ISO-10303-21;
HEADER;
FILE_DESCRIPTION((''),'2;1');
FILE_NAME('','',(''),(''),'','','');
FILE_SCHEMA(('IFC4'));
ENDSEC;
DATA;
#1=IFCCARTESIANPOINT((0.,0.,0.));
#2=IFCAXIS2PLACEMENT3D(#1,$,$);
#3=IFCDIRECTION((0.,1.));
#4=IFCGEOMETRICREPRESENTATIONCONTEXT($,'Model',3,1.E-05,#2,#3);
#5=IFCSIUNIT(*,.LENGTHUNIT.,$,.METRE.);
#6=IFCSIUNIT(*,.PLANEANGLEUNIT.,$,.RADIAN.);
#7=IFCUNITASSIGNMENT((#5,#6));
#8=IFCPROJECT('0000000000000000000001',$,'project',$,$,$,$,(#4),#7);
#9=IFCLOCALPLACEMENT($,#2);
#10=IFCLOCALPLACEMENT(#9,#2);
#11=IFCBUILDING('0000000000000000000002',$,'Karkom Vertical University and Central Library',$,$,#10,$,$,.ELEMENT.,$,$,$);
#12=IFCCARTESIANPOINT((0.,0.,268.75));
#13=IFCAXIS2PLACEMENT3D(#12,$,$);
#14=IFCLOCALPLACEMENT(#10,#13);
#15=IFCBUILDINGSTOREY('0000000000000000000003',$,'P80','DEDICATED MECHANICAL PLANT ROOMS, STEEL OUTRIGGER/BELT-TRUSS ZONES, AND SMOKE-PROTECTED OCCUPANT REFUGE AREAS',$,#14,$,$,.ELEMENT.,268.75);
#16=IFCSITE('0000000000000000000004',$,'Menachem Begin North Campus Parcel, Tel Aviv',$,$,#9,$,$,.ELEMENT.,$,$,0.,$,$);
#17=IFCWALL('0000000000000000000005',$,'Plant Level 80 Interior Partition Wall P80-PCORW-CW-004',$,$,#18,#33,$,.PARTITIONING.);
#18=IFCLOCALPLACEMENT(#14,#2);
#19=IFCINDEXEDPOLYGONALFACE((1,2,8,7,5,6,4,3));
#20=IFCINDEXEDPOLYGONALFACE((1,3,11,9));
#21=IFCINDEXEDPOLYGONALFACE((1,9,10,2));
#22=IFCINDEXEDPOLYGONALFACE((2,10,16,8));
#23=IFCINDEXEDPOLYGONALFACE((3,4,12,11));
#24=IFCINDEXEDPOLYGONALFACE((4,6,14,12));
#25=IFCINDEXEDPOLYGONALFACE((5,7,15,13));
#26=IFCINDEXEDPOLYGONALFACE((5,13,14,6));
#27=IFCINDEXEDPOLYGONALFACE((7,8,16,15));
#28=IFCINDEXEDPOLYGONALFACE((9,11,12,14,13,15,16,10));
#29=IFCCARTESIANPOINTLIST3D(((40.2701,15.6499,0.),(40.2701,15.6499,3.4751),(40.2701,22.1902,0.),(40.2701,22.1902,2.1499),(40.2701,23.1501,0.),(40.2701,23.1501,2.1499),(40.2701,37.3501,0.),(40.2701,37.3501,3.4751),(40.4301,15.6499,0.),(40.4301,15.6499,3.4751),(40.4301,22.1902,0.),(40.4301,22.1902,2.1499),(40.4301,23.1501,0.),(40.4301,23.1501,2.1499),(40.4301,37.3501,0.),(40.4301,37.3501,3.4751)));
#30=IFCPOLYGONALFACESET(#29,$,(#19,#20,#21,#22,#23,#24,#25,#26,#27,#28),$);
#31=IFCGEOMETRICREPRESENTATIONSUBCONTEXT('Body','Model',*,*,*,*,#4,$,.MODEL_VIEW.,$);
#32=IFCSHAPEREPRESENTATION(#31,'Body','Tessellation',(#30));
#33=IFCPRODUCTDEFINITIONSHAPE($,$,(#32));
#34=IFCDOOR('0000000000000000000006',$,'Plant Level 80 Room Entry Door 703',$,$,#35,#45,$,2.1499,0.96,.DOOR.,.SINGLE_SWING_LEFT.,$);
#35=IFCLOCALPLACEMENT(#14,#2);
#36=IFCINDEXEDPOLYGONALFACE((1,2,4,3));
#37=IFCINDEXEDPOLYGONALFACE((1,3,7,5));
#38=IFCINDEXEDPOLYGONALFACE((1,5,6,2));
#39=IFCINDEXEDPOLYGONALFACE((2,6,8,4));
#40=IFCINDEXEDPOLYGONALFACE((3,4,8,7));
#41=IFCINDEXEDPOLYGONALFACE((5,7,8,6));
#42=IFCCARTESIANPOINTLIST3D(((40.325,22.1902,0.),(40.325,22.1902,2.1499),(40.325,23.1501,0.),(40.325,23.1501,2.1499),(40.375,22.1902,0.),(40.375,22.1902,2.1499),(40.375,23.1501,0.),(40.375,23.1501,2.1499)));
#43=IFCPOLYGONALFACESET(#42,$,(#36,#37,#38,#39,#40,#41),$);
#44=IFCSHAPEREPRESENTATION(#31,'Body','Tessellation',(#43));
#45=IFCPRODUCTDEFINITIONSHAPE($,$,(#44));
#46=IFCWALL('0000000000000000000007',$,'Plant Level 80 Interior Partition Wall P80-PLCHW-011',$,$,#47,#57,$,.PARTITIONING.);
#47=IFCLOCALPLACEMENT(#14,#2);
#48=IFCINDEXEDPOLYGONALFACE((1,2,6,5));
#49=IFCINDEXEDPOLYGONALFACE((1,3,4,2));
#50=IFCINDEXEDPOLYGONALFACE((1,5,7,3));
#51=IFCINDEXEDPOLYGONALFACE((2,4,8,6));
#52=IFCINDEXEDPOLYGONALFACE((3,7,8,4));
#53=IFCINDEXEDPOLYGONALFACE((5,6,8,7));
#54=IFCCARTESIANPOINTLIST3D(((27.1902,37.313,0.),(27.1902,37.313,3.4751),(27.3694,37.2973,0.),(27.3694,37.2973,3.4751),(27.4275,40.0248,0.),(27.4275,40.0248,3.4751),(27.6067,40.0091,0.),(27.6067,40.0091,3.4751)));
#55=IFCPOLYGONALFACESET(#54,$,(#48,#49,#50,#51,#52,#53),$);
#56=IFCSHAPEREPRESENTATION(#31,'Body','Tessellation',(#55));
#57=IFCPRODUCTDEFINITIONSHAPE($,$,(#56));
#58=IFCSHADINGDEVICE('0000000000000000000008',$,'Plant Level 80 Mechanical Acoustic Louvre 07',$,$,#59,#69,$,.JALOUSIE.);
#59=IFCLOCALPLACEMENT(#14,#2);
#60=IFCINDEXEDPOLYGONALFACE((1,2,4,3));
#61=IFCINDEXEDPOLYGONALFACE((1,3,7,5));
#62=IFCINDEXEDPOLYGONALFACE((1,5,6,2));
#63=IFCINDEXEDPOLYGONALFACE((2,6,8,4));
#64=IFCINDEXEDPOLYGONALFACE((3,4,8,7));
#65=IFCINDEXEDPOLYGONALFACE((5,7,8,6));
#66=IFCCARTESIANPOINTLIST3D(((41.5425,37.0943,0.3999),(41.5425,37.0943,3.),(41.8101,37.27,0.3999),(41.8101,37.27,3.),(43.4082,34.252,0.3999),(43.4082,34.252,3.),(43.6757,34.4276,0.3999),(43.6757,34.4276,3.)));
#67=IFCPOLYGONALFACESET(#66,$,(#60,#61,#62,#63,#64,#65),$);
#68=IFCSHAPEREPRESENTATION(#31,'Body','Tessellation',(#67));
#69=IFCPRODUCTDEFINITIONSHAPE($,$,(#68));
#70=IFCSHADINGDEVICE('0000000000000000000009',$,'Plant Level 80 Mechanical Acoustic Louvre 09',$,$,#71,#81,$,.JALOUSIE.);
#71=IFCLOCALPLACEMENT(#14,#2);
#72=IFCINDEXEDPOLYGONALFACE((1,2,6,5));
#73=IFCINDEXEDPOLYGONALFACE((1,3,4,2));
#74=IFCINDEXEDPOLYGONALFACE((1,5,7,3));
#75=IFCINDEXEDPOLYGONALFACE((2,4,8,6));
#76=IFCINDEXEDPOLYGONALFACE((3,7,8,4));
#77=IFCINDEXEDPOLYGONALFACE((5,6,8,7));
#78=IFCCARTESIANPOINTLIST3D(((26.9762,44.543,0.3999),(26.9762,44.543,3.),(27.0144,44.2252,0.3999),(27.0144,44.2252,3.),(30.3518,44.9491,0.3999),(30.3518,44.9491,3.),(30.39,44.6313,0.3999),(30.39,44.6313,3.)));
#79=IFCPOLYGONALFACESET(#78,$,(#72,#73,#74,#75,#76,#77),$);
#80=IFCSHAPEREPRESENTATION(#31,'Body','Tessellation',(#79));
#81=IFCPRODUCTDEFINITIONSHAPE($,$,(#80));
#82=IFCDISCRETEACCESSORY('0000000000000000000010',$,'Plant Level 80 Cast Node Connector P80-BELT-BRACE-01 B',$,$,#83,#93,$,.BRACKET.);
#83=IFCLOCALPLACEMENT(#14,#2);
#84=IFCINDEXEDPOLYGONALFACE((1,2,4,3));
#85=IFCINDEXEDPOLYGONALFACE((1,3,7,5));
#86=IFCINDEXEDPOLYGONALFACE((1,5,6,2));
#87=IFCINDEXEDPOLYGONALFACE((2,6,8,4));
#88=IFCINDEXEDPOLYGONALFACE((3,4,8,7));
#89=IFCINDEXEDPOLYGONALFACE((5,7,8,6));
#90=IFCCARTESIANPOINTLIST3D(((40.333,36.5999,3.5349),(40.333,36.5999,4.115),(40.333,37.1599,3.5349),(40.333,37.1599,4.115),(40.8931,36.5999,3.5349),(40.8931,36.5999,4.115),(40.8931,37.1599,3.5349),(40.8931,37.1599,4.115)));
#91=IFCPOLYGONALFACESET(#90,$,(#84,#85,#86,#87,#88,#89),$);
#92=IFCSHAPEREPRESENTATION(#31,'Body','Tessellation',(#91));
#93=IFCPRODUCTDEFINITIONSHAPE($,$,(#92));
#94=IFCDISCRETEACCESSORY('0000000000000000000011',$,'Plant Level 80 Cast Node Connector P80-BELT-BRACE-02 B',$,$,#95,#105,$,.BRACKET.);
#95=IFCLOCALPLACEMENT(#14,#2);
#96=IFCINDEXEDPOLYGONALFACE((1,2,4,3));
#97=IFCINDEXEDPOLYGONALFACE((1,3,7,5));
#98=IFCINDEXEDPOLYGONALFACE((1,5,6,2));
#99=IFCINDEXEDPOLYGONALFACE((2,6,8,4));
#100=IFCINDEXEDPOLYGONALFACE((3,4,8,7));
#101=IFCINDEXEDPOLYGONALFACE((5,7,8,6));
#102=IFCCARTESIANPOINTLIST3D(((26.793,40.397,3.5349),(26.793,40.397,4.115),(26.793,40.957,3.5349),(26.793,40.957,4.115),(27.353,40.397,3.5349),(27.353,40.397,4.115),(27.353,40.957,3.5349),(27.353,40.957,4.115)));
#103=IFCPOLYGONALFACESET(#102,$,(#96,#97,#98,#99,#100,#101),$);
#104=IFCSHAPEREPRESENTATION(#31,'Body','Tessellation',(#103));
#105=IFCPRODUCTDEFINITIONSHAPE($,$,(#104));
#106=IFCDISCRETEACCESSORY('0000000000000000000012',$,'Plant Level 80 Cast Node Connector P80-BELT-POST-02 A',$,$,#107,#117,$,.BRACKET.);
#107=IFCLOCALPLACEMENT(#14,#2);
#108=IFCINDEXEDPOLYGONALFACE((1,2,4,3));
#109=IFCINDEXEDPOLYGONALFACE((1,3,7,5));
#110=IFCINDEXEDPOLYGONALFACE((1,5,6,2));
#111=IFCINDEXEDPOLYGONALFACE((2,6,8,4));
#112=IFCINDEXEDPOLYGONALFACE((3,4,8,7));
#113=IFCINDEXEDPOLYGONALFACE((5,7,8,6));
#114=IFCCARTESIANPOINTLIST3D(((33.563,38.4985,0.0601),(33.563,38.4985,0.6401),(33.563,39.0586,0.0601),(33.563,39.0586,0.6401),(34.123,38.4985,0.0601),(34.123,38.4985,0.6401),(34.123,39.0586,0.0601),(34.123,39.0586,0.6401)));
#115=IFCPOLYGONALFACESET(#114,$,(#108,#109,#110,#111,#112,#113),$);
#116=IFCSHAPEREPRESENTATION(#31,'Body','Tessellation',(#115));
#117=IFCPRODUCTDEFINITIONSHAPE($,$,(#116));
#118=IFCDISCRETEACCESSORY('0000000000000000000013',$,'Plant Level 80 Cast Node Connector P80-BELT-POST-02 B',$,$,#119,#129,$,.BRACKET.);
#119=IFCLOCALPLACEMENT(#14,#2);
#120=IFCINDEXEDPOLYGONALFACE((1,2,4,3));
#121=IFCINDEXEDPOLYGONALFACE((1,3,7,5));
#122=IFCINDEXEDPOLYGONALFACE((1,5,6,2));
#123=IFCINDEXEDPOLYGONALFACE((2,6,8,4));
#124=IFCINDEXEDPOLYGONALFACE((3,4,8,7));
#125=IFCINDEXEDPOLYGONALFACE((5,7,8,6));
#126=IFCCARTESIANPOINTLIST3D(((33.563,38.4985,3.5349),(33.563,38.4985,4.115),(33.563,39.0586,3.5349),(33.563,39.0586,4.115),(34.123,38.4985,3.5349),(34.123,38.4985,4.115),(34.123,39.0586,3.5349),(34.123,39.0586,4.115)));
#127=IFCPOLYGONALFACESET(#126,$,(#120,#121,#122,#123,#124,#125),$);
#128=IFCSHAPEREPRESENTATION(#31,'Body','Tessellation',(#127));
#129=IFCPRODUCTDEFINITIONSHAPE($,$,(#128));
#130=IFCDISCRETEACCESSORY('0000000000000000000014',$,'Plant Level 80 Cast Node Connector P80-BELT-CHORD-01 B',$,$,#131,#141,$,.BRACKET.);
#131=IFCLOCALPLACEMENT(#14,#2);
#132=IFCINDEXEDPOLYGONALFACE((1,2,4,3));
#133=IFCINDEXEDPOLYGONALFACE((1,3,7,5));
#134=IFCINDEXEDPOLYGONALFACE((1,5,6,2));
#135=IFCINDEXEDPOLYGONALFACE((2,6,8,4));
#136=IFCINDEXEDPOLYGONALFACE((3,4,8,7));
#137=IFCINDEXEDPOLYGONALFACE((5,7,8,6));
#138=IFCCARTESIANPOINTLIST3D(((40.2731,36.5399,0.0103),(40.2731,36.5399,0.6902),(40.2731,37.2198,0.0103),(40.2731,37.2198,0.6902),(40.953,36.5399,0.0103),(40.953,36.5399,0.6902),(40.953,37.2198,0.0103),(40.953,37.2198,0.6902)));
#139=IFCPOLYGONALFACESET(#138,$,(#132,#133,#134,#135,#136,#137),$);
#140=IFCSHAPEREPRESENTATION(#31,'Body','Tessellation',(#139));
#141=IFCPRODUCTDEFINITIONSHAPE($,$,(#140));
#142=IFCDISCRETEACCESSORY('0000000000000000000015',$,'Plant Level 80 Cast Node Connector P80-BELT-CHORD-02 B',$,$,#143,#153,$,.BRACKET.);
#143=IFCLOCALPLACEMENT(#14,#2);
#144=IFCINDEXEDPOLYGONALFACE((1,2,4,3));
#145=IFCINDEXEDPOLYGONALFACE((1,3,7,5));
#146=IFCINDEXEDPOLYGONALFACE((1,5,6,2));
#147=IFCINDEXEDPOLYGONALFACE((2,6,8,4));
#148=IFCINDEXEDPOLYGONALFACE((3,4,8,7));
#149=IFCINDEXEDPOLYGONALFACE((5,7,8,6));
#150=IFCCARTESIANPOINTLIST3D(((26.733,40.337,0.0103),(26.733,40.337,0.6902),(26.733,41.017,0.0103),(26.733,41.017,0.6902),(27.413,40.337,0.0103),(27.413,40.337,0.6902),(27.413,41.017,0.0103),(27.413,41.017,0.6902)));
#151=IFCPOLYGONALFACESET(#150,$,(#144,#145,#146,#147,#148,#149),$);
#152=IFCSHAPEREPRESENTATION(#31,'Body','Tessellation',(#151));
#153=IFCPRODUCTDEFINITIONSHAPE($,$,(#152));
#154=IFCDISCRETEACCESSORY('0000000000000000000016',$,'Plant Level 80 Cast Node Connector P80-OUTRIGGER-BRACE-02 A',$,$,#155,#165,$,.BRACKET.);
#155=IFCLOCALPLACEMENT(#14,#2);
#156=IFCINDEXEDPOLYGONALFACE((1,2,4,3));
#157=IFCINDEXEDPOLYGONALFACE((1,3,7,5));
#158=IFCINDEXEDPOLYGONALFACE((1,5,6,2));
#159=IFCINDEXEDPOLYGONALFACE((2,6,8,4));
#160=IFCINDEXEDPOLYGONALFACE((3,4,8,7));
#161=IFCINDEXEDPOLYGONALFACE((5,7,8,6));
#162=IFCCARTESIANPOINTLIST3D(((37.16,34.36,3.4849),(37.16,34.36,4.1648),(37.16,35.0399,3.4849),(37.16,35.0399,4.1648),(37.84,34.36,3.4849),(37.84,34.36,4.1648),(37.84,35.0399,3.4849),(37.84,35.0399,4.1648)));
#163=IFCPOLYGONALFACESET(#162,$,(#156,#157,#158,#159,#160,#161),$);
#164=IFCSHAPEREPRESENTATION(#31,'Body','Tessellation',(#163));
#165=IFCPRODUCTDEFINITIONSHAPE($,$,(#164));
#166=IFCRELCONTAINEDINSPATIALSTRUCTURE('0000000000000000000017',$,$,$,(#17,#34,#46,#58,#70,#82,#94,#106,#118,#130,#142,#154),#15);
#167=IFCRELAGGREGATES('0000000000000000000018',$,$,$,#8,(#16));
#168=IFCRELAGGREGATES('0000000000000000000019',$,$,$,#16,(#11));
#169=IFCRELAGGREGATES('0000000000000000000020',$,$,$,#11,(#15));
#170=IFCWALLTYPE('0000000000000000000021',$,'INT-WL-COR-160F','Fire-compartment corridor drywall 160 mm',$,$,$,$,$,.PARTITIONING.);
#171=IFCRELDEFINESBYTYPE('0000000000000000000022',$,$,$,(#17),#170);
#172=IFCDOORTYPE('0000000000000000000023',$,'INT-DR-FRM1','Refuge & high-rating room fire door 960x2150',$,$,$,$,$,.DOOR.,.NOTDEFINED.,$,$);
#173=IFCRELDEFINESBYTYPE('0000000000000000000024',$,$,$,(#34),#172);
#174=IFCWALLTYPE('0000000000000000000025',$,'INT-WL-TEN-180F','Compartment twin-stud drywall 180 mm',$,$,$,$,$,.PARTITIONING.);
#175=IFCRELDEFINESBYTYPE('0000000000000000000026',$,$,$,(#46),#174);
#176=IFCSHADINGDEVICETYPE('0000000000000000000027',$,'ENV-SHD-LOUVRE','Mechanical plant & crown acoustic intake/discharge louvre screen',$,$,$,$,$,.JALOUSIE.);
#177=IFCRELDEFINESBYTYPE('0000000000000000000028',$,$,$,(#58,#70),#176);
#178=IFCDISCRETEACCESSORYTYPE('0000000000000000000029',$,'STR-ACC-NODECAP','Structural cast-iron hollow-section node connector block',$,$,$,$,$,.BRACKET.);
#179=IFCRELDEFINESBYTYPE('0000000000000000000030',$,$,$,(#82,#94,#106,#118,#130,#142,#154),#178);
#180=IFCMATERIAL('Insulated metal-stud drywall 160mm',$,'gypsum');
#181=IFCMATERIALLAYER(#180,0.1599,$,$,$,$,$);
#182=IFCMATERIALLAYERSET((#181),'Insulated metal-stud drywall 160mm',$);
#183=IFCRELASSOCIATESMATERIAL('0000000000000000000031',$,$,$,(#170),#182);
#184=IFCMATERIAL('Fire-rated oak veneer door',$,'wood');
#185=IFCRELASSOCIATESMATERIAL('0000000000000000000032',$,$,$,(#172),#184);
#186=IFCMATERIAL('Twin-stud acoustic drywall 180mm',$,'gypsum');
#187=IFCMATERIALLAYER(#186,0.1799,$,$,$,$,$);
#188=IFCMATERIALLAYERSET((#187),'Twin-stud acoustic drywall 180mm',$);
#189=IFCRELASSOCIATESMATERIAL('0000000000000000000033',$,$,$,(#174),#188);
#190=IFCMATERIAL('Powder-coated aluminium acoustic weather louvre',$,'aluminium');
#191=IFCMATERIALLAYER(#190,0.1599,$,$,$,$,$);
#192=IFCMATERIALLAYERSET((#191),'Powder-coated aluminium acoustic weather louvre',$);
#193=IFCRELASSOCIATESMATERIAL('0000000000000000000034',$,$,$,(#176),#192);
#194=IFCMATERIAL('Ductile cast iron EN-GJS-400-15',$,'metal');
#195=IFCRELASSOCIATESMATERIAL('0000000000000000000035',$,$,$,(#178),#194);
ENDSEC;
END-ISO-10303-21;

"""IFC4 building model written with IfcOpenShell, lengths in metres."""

from ifc_helpers import new_model, si_unit, direction, frame, frame_2d, origin, origin_with_axes, origin_2d, place, context, subcontext, project, spatial, rectangle, extrude, source, transform, mapped, material, layer, layer_set, type_object, element, fill, save


model = new_model("IFC4")

# Units and contexts
model_context = context("Model", 3, precision=1e-05, world=origin(), true_north=direction((0.0, 1.0)))
body_context = subcontext(model_context, "Body", "Model", "MODEL_VIEW")
ifc_project = project(units=[si_unit("LENGTHUNIT", "METRE"), si_unit("PLANEANGLEUNIT", "RADIAN")], contexts=[model_context])

# Site, building, storey
site_placement = place(None, origin())
site = spatial("IfcSite", under=ifc_project, at=site_placement, Name="Menachem Begin North Campus Parcel, Tel Aviv", CompositionType="ELEMENT", RefElevation=0.0)
building_placement = place(site_placement, origin())
building = spatial("IfcBuilding", under=site, at=building_placement, Name="Karkom Vertical University and Central Library", CompositionType="ELEMENT")
storey_placement = place(building_placement, frame((0.0, 0.0, 268.75)))
storey = spatial("IfcBuildingStorey", under=building, at=storey_placement, Name="P80", Description="DEDICATED MECHANICAL PLANT ROOMS, STEEL OUTRIGGER/BELT-TRUSS ZONES, AND SMOKE-PROTECTED OCCUPANT REFUGE AREAS", CompositionType="ELEMENT", Elevation=268.75)

# Wall, opening, door
ifc_material_1 = material(Name="Insulated metal-stud drywall 160mm", Category="gypsum")
ifc_layer_1 = layer(ifc_material_1, 0.1599)
ifc_layer_set_1 = layer_set([ifc_layer_1], Name="Insulated metal-stud drywall 160mm")
wall_type_1 = type_object("IfcWallType", Name="INT-WL-COR-160F", Description="Fire-compartment corridor drywall 160 mm", PredefinedType="PARTITIONING", material=ifc_layer_set_1)
wall_1_placement = place(storey_placement, frame((40.3501, 37.3501, 0.0), z_axis=(0.0, 0.0, 1.0), x_axis=(0.0, -1.0, 0.0)))
wall_1 = element("IfcWall", 1, at=wall_1_placement, inside=storey, type_object=wall_type_1, Name="Plant Level 80 Interior Partition Wall P80-PCORW-CW-004", PredefinedType="PARTITIONING", context=body_context, shape_type="SweptSolid", body=[
    extrude(rectangle(XDim=21.7002, YDim=0.1599, at=frame_2d((10.8501, 0.0))), origin(), (0.0, 0.0, 1.0), 3.4751),
])
opening_placement = place(wall_1_placement, frame((14.2, 0.0, 0.0)))
opening = element("IfcOpeningElement", 2, at=opening_placement, cuts=wall_1, PredefinedType="OPENING", context=body_context, shape_type="SweptSolid", body=[
    extrude(rectangle(XDim=0.96, YDim=2.1499, at=frame_2d((0.48, 1.075))), frame((0.0, 0.0898, 0.0), z_axis=(0.0, -1.0, 0.0), x_axis=(1.0, 0.0, 0.0)), (0.0, 0.0, 1.0), 0.1799),
])
ifc_material_2 = material(Name="Fire-rated oak veneer door", Category="wood")
door_type = type_object("IfcDoorType", Name="INT-DR-FRM1", Description="Refuge & high-rating room fire door 960x2150", OperationType="NOTDEFINED", PredefinedType="DOOR", material=ifc_material_2)
shared_shape_1 = source(origin_with_axes(), body_context, "Body", "SweptSolid", [
    extrude(rectangle(XDim=0.96, YDim=2.1499, at=frame_2d((0.48, 1.075))), frame((0.0, 0.0249, 0.0), z_axis=(0.0, -1.0, 0.0), x_axis=(1.0, 0.0, 0.0)), (0.0, 0.0, 1.0), 0.05),
])
door_placement = place(opening_placement, origin())
door = element("IfcDoor", 3, at=door_placement, inside=storey, type_object=door_type, Name="Plant Level 80 Room Entry Door 703", OperationType="SINGLE_SWING_LEFT", OverallHeight=2.1499, OverallWidth=0.96, PredefinedType="DOOR", context=body_context, shape_type="MappedRepresentation", body=[
    mapped(shared_shape_1, transform((0.0, 0.0, 0.0), scale=1.0)),
])
fill(opening, door)

# Wall
ifc_material_3 = material(Name="Twin-stud acoustic drywall 180mm", Category="gypsum")
ifc_layer_2 = layer(ifc_material_3, 0.1799)
ifc_layer_set_2 = layer_set([ifc_layer_2], Name="Twin-stud acoustic drywall 180mm")
wall_type_2 = type_object("IfcWallType", Name="INT-WL-TEN-180F", Description="Compartment twin-stud drywall 180 mm", PredefinedType="PARTITIONING", material=ifc_layer_set_2)
wall_2_placement = place(storey_placement, frame((27.2798, 37.3052, 0.0), z_axis=(0.0, 0.0, 1.0), x_axis=(0.087171, 0.996193, 0.0)))
element("IfcWall", 4, at=wall_2_placement, inside=storey, type_object=wall_type_2, Name="Plant Level 80 Interior Partition Wall P80-PLCHW-011", PredefinedType="PARTITIONING", context=body_context, shape_type="SweptSolid", body=[
    extrude(rectangle(XDim=2.7222, YDim=0.1799, at=frame_2d((1.3611, 0.0))), origin(), (0.0, 0.0, 1.0), 3.4751),
])

# Shading devices
ifc_material_4 = material(Name="Powder-coated aluminium acoustic weather louvre", Category="aluminium")
ifc_layer_3 = layer(ifc_material_4, 0.1599)
ifc_layer_set_3 = layer_set([ifc_layer_3], Name="Powder-coated aluminium acoustic weather louvre")
shading_device_type = type_object("IfcShadingDeviceType", Name="ENV-SHD-LOUVRE", Description="Mechanical plant & crown acoustic intake/discharge louvre screen", PredefinedType="JALOUSIE", material=ifc_layer_set_3)
shared_shape_2 = source(origin_with_axes(), body_context, "Body", "SweptSolid", [
    extrude(rectangle(XDim=3.3999, YDim=0.3201, at=origin_2d()), origin(), (0.0, 0.0, 1.0), 2.6001),
])
for number, where, z_axis, x_axis, name in (
    (5, (42.6091, 35.761, 0.3999), (0.0, 0.0, 1.0), (-0.548731, 0.835999, 0.0), "Plant Level 80 Mechanical Acoustic Louvre 07"),
    (6, (28.6831, 44.5872, 0.3999), (0.0, 0.0, 1.0), (-0.992841, -0.119444, 0.0), "Plant Level 80 Mechanical Acoustic Louvre 09"),
):
    element("IfcShadingDevice", number, at=place(storey_placement, frame(where, z_axis=z_axis, x_axis=x_axis)), inside=storey, type_object=shading_device_type, Name=name, PredefinedType="JALOUSIE", context=body_context, shape_type="MappedRepresentation", body=[
        mapped(shared_shape_2, transform((0.0, 0.0, 0.0), scale=1.0)),
    ])

# Discrete accessories
ifc_material_5 = material(Name="Ductile cast iron EN-GJS-400-15", Category="metal")
discrete_accessory_type = type_object("IfcDiscreteAccessoryType", Name="STR-ACC-NODECAP", Description="Structural cast-iron hollow-section node connector block", PredefinedType="BRACKET", material=ifc_material_5)
shared_shape_3 = source(origin_with_axes(), body_context, "Body", "SweptSolid", [
    extrude(rectangle(XDim=0.5601, YDim=0.5601, at=origin_2d()), origin(), (0.0, 0.0, 1.0), 0.5801),
])
for number, where, z_axis, x_axis, name in (
    (7, (40.613, 36.8799, 3.5349), (0.0, 0.0, 1.0), (1.0, 0.0, 0.0), "Plant Level 80 Cast Node Connector P80-BELT-BRACE-01 B"),
    (8, (27.073, 40.677, 3.5349), (0.0, 0.0, 1.0), (1.0, 0.0, 0.0), "Plant Level 80 Cast Node Connector P80-BELT-BRACE-02 B"),
    (9, (33.843, 38.7786, 0.0601), (0.0, 0.0, 1.0), (1.0, 0.0, 0.0), "Plant Level 80 Cast Node Connector P80-BELT-POST-02 A"),
    (10, (33.843, 38.7786, 3.5349), (0.0, 0.0, 1.0), (1.0, 0.0, 0.0), "Plant Level 80 Cast Node Connector P80-BELT-POST-02 B"),
):
    element("IfcDiscreteAccessory", number, at=place(storey_placement, frame(where, z_axis=z_axis, x_axis=x_axis)), inside=storey, type_object=discrete_accessory_type, Name=name, PredefinedType="BRACKET", context=body_context, shape_type="MappedRepresentation", body=[
        mapped(shared_shape_3, transform((0.0, 0.0, 0.0), scale=1.0)),
    ])
shared_shape_4 = source(origin_with_axes(), body_context, "Body", "SweptSolid", [
    extrude(rectangle(XDim=0.6799, YDim=0.6799, at=origin_2d()), origin(), (0.0, 0.0, 1.0), 0.6799),
])
for number, where, z_axis, x_axis, name in (
    (11, (40.613, 36.8799, 0.0103), (0.0, 0.0, 1.0), (1.0, 0.0, 0.0), "Plant Level 80 Cast Node Connector P80-BELT-CHORD-01 B"),
    (12, (27.073, 40.677, 0.0103), (0.0, 0.0, 1.0), (1.0, 0.0, 0.0), "Plant Level 80 Cast Node Connector P80-BELT-CHORD-02 B"),
    (13, (37.5, 34.7, 3.4849), (0.0, 0.0, 1.0), (1.0, 0.0, 0.0), "Plant Level 80 Cast Node Connector P80-OUTRIGGER-BRACE-02 A"),
):
    element("IfcDiscreteAccessory", number, at=place(storey_placement, frame(where, z_axis=z_axis, x_axis=x_axis)), inside=storey, type_object=discrete_accessory_type, Name=name, PredefinedType="BRACKET", context=body_context, shape_type="MappedRepresentation", body=[
        mapped(shared_shape_4, transform((0.0, 0.0, 0.0), scale=1.0)),
    ])

save(model, "model.ifc")
